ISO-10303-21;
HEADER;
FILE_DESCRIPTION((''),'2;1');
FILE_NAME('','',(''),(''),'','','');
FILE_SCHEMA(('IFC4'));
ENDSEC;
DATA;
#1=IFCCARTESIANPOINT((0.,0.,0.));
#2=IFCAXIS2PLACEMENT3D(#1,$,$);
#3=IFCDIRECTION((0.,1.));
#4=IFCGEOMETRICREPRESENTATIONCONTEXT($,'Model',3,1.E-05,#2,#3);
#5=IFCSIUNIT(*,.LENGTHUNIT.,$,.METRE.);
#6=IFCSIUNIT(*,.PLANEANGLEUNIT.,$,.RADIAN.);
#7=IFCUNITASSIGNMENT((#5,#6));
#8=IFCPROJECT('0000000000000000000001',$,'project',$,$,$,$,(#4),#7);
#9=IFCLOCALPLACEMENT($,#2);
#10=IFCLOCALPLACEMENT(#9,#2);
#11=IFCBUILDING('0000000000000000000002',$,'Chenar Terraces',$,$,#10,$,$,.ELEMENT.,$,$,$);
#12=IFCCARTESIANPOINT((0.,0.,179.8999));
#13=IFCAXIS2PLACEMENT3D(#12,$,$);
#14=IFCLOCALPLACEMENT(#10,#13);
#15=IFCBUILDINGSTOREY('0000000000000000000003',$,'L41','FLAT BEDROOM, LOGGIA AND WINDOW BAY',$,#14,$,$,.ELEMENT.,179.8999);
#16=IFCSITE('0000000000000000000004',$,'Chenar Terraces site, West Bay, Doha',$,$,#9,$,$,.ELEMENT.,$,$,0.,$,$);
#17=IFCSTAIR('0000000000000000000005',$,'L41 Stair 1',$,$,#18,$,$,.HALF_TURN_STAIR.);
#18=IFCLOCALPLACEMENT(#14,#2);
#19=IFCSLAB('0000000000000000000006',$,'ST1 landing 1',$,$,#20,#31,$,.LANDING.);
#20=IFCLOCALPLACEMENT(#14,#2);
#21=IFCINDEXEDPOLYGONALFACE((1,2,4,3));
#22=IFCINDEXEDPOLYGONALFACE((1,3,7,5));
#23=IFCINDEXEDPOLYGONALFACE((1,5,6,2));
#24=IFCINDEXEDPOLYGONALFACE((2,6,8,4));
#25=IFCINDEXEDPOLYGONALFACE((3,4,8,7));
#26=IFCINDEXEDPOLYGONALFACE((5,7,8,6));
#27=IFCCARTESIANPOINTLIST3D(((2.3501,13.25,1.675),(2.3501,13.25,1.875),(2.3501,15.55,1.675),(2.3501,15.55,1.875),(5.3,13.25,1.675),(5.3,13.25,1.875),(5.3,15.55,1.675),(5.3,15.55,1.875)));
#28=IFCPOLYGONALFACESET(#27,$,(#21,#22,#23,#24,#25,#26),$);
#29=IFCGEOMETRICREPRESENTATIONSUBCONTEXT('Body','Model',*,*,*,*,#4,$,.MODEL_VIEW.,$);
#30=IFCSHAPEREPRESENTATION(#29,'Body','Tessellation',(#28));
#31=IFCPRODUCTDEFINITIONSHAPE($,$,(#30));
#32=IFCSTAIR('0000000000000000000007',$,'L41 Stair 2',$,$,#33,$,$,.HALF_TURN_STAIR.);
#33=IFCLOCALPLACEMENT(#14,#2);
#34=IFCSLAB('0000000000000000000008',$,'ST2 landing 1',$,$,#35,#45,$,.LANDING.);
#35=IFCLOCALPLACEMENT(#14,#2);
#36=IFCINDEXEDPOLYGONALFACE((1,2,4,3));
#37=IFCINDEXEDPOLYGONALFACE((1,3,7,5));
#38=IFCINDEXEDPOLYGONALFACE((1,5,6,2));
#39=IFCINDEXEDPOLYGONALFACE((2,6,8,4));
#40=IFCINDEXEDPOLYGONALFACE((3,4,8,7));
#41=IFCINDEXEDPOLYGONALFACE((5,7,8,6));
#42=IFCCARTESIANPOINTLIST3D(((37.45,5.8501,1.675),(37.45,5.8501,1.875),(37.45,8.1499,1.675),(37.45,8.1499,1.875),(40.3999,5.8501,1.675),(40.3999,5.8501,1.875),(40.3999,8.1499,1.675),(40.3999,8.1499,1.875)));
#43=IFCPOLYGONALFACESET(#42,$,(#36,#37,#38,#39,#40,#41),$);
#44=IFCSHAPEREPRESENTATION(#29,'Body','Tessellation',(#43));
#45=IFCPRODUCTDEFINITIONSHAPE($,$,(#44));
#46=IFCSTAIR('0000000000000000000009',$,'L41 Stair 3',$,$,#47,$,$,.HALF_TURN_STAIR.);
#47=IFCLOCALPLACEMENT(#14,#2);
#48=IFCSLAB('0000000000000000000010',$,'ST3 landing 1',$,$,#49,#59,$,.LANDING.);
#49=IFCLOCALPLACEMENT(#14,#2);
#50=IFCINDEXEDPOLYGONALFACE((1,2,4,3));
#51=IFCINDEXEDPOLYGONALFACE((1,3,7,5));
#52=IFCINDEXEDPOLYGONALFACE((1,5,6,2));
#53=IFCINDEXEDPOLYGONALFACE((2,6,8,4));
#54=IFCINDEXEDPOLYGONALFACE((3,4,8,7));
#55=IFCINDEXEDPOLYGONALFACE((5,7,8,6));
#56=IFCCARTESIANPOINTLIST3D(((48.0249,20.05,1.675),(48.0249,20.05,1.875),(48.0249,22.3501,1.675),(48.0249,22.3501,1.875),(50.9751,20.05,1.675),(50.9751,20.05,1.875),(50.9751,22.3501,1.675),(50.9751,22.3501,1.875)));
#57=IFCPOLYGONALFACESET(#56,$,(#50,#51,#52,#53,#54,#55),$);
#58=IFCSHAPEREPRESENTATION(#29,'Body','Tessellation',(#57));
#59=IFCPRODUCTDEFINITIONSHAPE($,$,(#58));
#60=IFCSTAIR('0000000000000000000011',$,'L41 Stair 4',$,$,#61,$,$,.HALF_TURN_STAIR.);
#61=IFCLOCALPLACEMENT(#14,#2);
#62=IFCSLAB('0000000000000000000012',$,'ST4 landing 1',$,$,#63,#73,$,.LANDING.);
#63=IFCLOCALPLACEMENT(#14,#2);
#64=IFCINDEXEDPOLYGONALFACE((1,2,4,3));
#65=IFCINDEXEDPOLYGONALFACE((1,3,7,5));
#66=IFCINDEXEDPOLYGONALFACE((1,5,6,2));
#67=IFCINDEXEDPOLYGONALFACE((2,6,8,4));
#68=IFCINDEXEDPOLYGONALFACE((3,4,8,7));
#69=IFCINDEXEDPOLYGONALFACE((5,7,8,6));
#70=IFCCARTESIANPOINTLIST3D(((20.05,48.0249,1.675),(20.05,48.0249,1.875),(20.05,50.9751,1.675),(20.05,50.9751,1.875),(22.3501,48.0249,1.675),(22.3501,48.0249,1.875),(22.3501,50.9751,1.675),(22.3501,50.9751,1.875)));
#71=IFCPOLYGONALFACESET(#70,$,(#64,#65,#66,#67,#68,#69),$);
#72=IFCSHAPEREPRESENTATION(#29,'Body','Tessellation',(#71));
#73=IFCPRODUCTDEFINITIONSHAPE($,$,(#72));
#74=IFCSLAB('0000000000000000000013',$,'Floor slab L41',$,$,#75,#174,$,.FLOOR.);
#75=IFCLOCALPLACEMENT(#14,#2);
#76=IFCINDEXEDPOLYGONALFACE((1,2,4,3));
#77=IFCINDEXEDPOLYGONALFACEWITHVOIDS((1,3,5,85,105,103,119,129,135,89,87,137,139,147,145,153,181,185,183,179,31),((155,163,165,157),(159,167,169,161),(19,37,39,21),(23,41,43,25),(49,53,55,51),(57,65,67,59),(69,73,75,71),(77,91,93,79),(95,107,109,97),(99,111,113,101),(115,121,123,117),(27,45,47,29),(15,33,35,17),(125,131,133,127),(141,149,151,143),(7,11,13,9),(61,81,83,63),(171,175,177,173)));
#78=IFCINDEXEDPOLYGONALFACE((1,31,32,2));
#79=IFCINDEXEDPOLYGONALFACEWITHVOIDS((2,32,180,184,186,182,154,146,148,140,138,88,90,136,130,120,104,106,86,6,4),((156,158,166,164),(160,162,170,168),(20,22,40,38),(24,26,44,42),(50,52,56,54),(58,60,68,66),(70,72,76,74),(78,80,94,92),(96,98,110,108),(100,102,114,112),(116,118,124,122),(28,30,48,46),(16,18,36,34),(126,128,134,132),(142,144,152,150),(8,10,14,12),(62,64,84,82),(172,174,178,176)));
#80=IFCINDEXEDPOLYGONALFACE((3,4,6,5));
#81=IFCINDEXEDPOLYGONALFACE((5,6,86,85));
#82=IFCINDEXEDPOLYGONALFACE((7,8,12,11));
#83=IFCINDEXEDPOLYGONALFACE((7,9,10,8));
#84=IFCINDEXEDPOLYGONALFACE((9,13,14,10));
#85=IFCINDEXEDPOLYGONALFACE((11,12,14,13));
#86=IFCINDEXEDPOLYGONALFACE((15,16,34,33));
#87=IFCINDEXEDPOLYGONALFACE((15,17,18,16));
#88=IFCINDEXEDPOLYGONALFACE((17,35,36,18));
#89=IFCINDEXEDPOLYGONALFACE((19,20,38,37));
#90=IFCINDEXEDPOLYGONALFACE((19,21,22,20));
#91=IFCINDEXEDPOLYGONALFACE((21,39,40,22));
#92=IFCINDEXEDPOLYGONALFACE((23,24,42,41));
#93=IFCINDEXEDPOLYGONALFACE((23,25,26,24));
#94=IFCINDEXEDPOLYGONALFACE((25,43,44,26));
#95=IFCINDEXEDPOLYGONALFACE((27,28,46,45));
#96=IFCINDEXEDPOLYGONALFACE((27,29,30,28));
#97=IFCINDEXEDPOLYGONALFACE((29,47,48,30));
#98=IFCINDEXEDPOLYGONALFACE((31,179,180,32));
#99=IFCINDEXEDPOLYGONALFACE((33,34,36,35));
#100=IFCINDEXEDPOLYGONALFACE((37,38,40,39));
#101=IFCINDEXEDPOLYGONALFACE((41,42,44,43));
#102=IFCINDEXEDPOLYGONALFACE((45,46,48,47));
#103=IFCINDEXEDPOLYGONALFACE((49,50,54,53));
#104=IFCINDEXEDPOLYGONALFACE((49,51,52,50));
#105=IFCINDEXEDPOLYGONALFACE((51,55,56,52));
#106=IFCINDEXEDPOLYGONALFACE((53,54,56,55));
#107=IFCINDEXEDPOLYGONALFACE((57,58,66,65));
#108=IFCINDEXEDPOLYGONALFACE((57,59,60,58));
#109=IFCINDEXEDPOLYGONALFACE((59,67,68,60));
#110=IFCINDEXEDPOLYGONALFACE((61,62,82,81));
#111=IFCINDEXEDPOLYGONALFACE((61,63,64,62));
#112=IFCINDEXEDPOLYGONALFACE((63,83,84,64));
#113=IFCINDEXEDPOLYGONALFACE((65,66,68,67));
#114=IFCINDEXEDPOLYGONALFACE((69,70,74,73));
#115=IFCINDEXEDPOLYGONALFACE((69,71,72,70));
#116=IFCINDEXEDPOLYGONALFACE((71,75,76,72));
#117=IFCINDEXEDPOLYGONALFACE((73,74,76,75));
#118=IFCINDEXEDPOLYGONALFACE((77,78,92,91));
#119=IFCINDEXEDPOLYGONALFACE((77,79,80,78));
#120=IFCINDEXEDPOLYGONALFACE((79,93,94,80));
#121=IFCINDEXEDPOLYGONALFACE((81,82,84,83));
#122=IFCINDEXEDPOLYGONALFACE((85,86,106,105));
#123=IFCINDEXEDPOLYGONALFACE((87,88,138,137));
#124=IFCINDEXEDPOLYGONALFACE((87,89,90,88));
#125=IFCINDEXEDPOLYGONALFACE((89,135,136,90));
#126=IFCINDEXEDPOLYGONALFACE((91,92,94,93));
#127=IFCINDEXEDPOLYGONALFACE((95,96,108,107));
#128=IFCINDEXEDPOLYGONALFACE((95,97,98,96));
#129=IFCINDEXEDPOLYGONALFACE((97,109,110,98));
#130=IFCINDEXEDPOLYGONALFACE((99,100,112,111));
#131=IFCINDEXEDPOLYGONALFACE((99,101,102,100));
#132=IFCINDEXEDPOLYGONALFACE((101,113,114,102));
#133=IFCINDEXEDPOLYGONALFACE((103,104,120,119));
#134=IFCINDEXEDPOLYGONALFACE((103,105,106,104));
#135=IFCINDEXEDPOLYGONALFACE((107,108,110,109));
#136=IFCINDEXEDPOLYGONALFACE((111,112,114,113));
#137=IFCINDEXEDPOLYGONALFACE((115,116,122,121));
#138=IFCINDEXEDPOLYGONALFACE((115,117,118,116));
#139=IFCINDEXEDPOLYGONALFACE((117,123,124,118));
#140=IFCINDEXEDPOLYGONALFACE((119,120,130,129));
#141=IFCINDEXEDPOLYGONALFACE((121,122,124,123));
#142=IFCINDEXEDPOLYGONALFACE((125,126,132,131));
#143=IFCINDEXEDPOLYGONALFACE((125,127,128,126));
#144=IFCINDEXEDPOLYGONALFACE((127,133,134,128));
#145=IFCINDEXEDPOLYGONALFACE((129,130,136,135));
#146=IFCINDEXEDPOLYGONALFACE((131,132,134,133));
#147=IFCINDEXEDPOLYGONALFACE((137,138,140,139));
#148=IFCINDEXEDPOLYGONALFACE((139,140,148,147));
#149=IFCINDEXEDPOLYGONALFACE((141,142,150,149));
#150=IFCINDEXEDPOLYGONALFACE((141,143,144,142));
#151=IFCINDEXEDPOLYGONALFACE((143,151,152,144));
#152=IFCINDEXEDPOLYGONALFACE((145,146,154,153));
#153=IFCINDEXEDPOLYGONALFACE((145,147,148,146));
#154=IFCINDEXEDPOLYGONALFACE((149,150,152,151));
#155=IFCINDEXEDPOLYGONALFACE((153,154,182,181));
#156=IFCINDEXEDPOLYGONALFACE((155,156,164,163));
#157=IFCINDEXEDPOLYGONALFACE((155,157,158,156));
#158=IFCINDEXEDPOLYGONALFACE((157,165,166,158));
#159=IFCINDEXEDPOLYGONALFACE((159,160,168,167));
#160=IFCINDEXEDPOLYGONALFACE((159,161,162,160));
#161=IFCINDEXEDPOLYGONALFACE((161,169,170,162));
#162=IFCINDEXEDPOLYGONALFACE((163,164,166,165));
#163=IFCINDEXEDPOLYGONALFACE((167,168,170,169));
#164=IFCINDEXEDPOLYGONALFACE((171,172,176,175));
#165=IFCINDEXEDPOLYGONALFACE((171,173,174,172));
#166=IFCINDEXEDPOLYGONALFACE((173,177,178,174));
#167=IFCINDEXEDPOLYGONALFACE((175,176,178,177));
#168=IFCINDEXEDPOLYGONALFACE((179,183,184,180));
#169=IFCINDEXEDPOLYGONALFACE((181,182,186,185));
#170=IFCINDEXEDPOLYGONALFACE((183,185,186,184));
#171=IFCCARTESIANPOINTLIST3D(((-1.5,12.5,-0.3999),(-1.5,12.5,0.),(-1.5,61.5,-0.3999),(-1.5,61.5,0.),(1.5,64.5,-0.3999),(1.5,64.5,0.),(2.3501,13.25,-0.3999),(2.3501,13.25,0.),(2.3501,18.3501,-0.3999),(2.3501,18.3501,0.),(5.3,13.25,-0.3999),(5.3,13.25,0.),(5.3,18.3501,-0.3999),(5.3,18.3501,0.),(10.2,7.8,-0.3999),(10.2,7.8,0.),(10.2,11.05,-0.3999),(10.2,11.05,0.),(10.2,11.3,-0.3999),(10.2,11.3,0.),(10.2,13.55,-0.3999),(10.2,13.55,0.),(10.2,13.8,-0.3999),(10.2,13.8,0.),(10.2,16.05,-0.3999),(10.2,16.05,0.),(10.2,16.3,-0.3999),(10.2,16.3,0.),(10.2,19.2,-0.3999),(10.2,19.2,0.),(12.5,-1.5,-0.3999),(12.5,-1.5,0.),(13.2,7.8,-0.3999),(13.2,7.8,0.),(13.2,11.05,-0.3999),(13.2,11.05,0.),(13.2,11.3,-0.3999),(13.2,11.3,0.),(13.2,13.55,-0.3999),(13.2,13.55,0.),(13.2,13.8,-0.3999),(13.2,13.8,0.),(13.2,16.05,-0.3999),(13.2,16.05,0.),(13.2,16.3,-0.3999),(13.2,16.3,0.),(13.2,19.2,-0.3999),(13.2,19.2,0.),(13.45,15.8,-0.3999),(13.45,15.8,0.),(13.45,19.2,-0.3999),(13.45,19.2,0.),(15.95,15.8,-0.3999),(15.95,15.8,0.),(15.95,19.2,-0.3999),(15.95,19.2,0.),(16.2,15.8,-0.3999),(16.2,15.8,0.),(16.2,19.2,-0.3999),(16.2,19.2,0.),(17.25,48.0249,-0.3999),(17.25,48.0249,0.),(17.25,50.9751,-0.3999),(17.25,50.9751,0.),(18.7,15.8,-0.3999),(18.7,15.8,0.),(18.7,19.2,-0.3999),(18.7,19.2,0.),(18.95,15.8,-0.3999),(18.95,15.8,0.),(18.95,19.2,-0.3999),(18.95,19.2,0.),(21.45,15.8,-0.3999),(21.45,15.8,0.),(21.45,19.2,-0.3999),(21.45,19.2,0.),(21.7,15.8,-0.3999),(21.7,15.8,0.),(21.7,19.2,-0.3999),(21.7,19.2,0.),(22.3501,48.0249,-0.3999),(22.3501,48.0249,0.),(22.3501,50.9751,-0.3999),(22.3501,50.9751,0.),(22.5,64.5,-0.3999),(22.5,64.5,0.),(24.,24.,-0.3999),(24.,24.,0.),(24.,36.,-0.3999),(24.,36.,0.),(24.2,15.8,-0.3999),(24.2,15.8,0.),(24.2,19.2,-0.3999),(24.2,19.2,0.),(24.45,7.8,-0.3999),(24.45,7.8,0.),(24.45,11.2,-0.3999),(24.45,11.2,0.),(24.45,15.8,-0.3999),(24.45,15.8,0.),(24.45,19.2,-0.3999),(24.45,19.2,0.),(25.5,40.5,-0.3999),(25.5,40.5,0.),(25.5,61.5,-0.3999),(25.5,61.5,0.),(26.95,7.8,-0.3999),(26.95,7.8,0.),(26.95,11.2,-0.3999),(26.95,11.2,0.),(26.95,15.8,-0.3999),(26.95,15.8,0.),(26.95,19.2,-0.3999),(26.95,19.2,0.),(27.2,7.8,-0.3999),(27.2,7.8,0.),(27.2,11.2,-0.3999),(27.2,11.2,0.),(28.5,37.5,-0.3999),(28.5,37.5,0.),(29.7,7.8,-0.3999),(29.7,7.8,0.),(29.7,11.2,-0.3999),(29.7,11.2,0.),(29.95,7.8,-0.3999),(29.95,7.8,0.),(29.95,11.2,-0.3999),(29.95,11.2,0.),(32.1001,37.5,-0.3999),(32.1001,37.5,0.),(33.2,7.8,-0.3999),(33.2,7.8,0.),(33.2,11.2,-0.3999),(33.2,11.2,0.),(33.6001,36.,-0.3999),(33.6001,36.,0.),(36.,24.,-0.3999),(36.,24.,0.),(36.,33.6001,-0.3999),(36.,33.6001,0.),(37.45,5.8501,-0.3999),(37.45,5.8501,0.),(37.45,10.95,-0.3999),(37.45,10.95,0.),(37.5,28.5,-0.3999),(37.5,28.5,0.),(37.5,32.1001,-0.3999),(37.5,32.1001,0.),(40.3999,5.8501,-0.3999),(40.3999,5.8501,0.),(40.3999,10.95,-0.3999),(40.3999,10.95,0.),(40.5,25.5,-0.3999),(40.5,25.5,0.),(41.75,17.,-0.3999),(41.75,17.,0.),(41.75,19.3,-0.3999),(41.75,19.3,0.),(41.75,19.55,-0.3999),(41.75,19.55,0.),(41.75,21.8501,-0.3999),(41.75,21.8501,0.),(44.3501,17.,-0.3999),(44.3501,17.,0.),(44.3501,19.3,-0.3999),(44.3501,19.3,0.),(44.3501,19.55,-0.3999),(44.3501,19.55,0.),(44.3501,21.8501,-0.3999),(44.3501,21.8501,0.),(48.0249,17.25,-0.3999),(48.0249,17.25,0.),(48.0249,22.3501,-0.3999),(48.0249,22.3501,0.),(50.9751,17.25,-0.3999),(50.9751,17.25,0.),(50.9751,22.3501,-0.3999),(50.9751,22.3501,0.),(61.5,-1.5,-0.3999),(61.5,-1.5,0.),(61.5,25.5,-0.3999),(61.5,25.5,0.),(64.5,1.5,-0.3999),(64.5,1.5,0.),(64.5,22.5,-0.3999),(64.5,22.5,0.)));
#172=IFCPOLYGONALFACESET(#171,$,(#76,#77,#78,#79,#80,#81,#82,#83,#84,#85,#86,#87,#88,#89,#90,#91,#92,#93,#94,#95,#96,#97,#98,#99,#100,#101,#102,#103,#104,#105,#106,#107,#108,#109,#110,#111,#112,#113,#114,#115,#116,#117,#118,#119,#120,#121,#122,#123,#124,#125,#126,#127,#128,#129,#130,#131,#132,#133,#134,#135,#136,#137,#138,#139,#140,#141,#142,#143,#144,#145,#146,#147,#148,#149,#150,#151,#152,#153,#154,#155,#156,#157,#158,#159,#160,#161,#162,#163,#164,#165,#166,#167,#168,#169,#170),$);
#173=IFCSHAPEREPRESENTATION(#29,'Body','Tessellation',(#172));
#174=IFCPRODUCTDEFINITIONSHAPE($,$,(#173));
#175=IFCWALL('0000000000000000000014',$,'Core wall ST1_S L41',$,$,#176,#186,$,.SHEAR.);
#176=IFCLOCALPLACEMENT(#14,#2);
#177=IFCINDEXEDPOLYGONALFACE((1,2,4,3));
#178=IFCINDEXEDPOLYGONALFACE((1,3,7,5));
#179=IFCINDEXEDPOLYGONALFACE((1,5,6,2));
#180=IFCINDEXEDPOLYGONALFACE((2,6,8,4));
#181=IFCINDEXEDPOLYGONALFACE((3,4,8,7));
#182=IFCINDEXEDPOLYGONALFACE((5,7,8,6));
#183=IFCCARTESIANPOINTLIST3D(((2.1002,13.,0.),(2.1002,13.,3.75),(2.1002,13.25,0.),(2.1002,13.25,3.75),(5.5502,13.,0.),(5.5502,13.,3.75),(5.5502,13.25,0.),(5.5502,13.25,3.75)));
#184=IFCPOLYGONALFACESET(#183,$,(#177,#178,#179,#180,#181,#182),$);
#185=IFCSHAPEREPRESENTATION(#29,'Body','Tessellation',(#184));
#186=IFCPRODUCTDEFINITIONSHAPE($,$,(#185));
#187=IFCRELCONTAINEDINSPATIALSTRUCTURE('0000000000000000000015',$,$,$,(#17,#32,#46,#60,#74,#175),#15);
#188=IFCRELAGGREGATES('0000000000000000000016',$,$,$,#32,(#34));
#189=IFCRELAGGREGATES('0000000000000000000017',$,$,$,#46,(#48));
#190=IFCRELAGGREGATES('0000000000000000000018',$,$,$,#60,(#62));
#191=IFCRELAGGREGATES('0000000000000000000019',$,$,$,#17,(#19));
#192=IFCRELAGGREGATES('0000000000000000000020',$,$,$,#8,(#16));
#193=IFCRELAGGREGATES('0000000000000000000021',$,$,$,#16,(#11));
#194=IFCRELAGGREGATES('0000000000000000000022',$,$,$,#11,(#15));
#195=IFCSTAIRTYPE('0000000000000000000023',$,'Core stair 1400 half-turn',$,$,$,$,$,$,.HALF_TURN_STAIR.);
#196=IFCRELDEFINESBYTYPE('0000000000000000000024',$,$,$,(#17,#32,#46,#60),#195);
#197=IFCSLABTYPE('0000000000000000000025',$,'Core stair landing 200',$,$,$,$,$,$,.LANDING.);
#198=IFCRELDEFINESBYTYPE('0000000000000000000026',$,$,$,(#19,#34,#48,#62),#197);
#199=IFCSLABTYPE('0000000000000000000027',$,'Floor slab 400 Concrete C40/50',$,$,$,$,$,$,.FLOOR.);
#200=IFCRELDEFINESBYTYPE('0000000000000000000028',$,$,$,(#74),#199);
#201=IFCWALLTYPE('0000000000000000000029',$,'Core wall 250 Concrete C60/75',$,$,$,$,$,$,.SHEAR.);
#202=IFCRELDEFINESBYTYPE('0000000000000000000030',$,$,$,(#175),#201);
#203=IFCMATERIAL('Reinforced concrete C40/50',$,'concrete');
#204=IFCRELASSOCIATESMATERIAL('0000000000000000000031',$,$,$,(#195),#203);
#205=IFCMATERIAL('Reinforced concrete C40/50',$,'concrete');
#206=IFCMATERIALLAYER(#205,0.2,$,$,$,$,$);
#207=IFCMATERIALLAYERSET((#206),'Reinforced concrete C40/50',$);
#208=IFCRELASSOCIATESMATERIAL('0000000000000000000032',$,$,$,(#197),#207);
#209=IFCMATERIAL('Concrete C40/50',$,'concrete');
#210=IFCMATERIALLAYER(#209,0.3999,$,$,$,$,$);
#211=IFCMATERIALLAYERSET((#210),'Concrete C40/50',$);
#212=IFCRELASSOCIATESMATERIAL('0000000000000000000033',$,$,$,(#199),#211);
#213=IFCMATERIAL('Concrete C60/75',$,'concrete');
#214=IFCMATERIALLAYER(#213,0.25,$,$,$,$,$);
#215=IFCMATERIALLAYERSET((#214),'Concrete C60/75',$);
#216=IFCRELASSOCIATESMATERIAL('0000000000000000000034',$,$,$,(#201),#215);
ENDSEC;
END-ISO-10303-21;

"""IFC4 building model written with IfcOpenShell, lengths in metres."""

from ifc_helpers import new_model, si_unit, direction, frame, frame_2d, origin, place, context, subcontext, project, spatial, polyline, rectangle, outline, extrude, material, layer, layer_set, type_object, element, aggregate, save


model = new_model("IFC4")

# Units and contexts
model_context = context("Model", 3, precision=1e-05, world=origin(), true_north=direction((0.0, 1.0)))
body_context = subcontext(model_context, "Body", "Model", "MODEL_VIEW")
ifc_project = project(units=[si_unit("LENGTHUNIT", "METRE"), si_unit("PLANEANGLEUNIT", "RADIAN")], contexts=[model_context])

# Site, building, storey
site_placement = place(None, origin())
site = spatial("IfcSite", under=ifc_project, at=site_placement, Name="Chenar Terraces site, West Bay, Doha", CompositionType="ELEMENT", RefElevation=0.0)
building_placement = place(site_placement, origin())
building = spatial("IfcBuilding", under=site, at=building_placement, Name="Chenar Terraces", CompositionType="ELEMENT")
storey_placement = place(building_placement, frame((0.0, 0.0, 179.8999)))
storey = spatial("IfcBuildingStorey", under=building, at=storey_placement, Name="L41", Description="FLAT BEDROOM, LOGGIA AND WINDOW BAY", CompositionType="ELEMENT", Elevation=179.8999)

# Stairs, slabs
ifc_material_1 = material(Name="Reinforced concrete C40/50", Category="concrete")
stair_type = type_object("IfcStairType", Name="Core stair 1400 half-turn", PredefinedType="HALF_TURN_STAIR", material=ifc_material_1)
placement_1 = place(storey_placement, origin())
stair_1 = element("IfcStair", 1, at=placement_1, inside=storey, type_object=stair_type, Name="L41 Stair 1", PredefinedType="HALF_TURN_STAIR")
ifc_material_2 = material(Name="Reinforced concrete C40/50", Category="concrete")
ifc_layer_1 = layer(ifc_material_2, 0.2)
ifc_layer_set_1 = layer_set([ifc_layer_1], Name="Reinforced concrete C40/50")
slab_type_1 = type_object("IfcSlabType", Name="Core stair landing 200", PredefinedType="LANDING", material=ifc_layer_set_1)
placement_2 = place(storey_placement, frame((0.0, 0.0, 1.675)))
slab_1 = element("IfcSlab", 2, at=placement_2, type_object=slab_type_1, Name="ST1 landing 1", PredefinedType="LANDING", context=body_context, shape_type="SweptSolid", body=[
    extrude(outline(polyline([(2.3501, 15.55), (2.3501, 13.25), (5.3, 13.25), (5.3, 15.55), (2.3501, 15.55)])), origin(), (0.0, 0.0, 1.0), 0.2),
])
stair_2 = element("IfcStair", 3, at=placement_1, inside=storey, type_object=stair_type, Name="L41 Stair 2", PredefinedType="HALF_TURN_STAIR")
slab_2 = element("IfcSlab", 4, at=placement_2, type_object=slab_type_1, Name="ST2 landing 1", PredefinedType="LANDING", context=body_context, shape_type="SweptSolid", body=[
    extrude(outline(polyline([(37.45, 8.1499), (37.45, 5.8501), (40.3999, 5.8501), (40.3999, 8.1499), (37.45, 8.1499)])), origin(), (0.0, 0.0, 1.0), 0.2),
])
aggregate(stair_2, [slab_2])
stair_3 = element("IfcStair", 5, at=placement_1, inside=storey, type_object=stair_type, Name="L41 Stair 3", PredefinedType="HALF_TURN_STAIR")
slab_3 = element("IfcSlab", 6, at=placement_2, type_object=slab_type_1, Name="ST3 landing 1", PredefinedType="LANDING", context=body_context, shape_type="SweptSolid", body=[
    extrude(outline(polyline([(50.9751, 20.05), (50.9751, 22.3501), (48.0249, 22.3501), (48.0249, 20.05), (50.9751, 20.05)])), origin(), (0.0, 0.0, 1.0), 0.2),
])
aggregate(stair_3, [slab_3])
stair_4 = element("IfcStair", 7, at=placement_1, inside=storey, type_object=stair_type, Name="L41 Stair 4", PredefinedType="HALF_TURN_STAIR")
slab_4 = element("IfcSlab", 8, at=placement_2, type_object=slab_type_1, Name="ST4 landing 1", PredefinedType="LANDING", context=body_context, shape_type="SweptSolid", body=[
    extrude(outline(polyline([(20.05, 48.0249), (22.3501, 48.0249), (22.3501, 50.9751), (20.05, 50.9751), (20.05, 48.0249)])), origin(), (0.0, 0.0, 1.0), 0.2),
])
aggregate(stair_4, [slab_4])

# Slab
ifc_material_3 = material(Name="Concrete C40/50", Category="concrete")
ifc_layer_2 = layer(ifc_material_3, 0.3999)
ifc_layer_set_2 = layer_set([ifc_layer_2], Name="Concrete C40/50")
slab_type_2 = type_object("IfcSlabType", Name="Floor slab 400 Concrete C40/50", PredefinedType="FLOOR", material=ifc_layer_set_2)
slab_5_placement = place(storey_placement, frame((0.0, 0.0, -0.3999)))
element("IfcSlab", 9, at=slab_5_placement, inside=storey, type_object=slab_type_2, Name="Floor slab L41", PredefinedType="FLOOR", context=body_context, shape_type="SweptSolid", body=[
    extrude(outline(polyline([(64.5, 22.5), (64.5, 1.5), (61.5, -1.5), (12.5, -1.5), (-1.5, 12.5), (-1.5, 61.5), (1.5, 64.5), (22.5, 64.5), (25.5, 61.5), (25.5, 40.5), (28.5, 37.5), (32.1001, 37.5), (33.6001, 36.0), (24.0, 36.0), (24.0, 24.0), (36.0, 24.0), (36.0, 33.6001), (37.5, 32.1001), (37.5, 28.5), (40.5, 25.5), (61.5, 25.5), (64.5, 22.5)]), holes=[polyline([(13.2, 11.05), (10.2, 11.05), (10.2, 7.8), (13.2, 7.8), (13.2, 11.05)]), polyline([(13.2, 13.55), (10.2, 13.55), (10.2, 11.3), (13.2, 11.3), (13.2, 13.55)]), polyline([(13.2, 16.05), (10.2, 16.05), (10.2, 13.8), (13.2, 13.8), (13.2, 16.05)]), polyline([(2.3501, 13.25), (5.3, 13.25), (5.3, 18.3501), (2.3501, 18.3501), (2.3501, 13.25)]), polyline([(15.95, 19.2), (13.45, 19.2), (13.45, 15.8), (15.95, 15.8), (15.95, 19.2)]), polyline([(18.7, 19.2), (16.2, 19.2), (16.2, 15.8), (18.7, 15.8), (18.7, 19.2)]), polyline([(21.45, 19.2), (18.95, 19.2), (18.95, 15.8), (21.45, 15.8), (21.45, 19.2)]), polyline([(24.2, 15.8), (24.2, 19.2), (21.7, 19.2), (21.7, 15.8), (24.2, 15.8)]), polyline([(13.2, 16.3), (13.2, 19.2), (10.2, 19.2), (10.2, 16.3), (13.2, 16.3)]), polyline([(22.3501, 48.0249), (22.3501, 50.9751), (17.25, 50.9751), (17.25, 48.0249), (22.3501, 48.0249)]), polyline([(37.45, 5.8501), (40.3999, 5.8501), (40.3999, 10.95), (37.45, 10.95), (37.45, 5.8501)]), polyline([(26.95, 11.2), (24.45, 11.2), (24.45, 7.8), (26.95, 7.8), (26.95, 11.2)]), polyline([(29.7, 7.8), (29.7, 11.2), (27.2, 11.2), (27.2, 7.8), (29.7, 7.8)]), polyline([(33.2, 7.8), (33.2, 11.2), (29.95, 11.2), (29.95, 7.8), (33.2, 7.8)]), polyline([(26.95, 19.2), (24.45, 19.2), (24.45, 15.8), (26.95, 15.8), (26.95, 19.2)]), polyline([(44.3501, 19.3), (41.75, 19.3), (41.75, 17.0), (44.3501, 17.0), (44.3501, 19.3)]), polyline([(50.9751, 22.3501), (48.0249, 22.3501), (48.0249, 17.25), (50.9751, 17.25), (50.9751, 22.3501)]), polyline([(44.3501, 19.55), (44.3501, 21.8501), (41.75, 21.8501), (41.75, 19.55), (44.3501, 19.55)])]), origin(), (0.0, 0.0, 1.0), 0.3999),
])

# Wall
ifc_material_4 = material(Name="Concrete C60/75", Category="concrete")
ifc_layer_3 = layer(ifc_material_4, 0.25)
ifc_layer_set_3 = layer_set([ifc_layer_3], Name="Concrete C60/75")
wall_type_1 = type_object("IfcWallType", Name="Core wall 250 Concrete C60/75", PredefinedType="SHEAR", material=ifc_layer_set_3)
wall_1_placement = place(storey_placement, frame((2.1001, 13.125, 0.0), z_axis=(0.0, 0.0, 1.0), x_axis=(1.0, 0.0, 0.0)))
element("IfcWall", 10, at=wall_1_placement, inside=storey, type_object=wall_type_1, Name="Core wall ST1_S L41", PredefinedType="SHEAR", context=body_context, shape_type="SweptSolid", body=[
    extrude(rectangle(XDim=3.45, YDim=0.25, at=frame_2d((1.7251, 0.0))), origin(), (0.0, 0.0, 1.0), 3.75),
])

aggregate(stair_1, [slab_1])

save(model, "model.ifc")
